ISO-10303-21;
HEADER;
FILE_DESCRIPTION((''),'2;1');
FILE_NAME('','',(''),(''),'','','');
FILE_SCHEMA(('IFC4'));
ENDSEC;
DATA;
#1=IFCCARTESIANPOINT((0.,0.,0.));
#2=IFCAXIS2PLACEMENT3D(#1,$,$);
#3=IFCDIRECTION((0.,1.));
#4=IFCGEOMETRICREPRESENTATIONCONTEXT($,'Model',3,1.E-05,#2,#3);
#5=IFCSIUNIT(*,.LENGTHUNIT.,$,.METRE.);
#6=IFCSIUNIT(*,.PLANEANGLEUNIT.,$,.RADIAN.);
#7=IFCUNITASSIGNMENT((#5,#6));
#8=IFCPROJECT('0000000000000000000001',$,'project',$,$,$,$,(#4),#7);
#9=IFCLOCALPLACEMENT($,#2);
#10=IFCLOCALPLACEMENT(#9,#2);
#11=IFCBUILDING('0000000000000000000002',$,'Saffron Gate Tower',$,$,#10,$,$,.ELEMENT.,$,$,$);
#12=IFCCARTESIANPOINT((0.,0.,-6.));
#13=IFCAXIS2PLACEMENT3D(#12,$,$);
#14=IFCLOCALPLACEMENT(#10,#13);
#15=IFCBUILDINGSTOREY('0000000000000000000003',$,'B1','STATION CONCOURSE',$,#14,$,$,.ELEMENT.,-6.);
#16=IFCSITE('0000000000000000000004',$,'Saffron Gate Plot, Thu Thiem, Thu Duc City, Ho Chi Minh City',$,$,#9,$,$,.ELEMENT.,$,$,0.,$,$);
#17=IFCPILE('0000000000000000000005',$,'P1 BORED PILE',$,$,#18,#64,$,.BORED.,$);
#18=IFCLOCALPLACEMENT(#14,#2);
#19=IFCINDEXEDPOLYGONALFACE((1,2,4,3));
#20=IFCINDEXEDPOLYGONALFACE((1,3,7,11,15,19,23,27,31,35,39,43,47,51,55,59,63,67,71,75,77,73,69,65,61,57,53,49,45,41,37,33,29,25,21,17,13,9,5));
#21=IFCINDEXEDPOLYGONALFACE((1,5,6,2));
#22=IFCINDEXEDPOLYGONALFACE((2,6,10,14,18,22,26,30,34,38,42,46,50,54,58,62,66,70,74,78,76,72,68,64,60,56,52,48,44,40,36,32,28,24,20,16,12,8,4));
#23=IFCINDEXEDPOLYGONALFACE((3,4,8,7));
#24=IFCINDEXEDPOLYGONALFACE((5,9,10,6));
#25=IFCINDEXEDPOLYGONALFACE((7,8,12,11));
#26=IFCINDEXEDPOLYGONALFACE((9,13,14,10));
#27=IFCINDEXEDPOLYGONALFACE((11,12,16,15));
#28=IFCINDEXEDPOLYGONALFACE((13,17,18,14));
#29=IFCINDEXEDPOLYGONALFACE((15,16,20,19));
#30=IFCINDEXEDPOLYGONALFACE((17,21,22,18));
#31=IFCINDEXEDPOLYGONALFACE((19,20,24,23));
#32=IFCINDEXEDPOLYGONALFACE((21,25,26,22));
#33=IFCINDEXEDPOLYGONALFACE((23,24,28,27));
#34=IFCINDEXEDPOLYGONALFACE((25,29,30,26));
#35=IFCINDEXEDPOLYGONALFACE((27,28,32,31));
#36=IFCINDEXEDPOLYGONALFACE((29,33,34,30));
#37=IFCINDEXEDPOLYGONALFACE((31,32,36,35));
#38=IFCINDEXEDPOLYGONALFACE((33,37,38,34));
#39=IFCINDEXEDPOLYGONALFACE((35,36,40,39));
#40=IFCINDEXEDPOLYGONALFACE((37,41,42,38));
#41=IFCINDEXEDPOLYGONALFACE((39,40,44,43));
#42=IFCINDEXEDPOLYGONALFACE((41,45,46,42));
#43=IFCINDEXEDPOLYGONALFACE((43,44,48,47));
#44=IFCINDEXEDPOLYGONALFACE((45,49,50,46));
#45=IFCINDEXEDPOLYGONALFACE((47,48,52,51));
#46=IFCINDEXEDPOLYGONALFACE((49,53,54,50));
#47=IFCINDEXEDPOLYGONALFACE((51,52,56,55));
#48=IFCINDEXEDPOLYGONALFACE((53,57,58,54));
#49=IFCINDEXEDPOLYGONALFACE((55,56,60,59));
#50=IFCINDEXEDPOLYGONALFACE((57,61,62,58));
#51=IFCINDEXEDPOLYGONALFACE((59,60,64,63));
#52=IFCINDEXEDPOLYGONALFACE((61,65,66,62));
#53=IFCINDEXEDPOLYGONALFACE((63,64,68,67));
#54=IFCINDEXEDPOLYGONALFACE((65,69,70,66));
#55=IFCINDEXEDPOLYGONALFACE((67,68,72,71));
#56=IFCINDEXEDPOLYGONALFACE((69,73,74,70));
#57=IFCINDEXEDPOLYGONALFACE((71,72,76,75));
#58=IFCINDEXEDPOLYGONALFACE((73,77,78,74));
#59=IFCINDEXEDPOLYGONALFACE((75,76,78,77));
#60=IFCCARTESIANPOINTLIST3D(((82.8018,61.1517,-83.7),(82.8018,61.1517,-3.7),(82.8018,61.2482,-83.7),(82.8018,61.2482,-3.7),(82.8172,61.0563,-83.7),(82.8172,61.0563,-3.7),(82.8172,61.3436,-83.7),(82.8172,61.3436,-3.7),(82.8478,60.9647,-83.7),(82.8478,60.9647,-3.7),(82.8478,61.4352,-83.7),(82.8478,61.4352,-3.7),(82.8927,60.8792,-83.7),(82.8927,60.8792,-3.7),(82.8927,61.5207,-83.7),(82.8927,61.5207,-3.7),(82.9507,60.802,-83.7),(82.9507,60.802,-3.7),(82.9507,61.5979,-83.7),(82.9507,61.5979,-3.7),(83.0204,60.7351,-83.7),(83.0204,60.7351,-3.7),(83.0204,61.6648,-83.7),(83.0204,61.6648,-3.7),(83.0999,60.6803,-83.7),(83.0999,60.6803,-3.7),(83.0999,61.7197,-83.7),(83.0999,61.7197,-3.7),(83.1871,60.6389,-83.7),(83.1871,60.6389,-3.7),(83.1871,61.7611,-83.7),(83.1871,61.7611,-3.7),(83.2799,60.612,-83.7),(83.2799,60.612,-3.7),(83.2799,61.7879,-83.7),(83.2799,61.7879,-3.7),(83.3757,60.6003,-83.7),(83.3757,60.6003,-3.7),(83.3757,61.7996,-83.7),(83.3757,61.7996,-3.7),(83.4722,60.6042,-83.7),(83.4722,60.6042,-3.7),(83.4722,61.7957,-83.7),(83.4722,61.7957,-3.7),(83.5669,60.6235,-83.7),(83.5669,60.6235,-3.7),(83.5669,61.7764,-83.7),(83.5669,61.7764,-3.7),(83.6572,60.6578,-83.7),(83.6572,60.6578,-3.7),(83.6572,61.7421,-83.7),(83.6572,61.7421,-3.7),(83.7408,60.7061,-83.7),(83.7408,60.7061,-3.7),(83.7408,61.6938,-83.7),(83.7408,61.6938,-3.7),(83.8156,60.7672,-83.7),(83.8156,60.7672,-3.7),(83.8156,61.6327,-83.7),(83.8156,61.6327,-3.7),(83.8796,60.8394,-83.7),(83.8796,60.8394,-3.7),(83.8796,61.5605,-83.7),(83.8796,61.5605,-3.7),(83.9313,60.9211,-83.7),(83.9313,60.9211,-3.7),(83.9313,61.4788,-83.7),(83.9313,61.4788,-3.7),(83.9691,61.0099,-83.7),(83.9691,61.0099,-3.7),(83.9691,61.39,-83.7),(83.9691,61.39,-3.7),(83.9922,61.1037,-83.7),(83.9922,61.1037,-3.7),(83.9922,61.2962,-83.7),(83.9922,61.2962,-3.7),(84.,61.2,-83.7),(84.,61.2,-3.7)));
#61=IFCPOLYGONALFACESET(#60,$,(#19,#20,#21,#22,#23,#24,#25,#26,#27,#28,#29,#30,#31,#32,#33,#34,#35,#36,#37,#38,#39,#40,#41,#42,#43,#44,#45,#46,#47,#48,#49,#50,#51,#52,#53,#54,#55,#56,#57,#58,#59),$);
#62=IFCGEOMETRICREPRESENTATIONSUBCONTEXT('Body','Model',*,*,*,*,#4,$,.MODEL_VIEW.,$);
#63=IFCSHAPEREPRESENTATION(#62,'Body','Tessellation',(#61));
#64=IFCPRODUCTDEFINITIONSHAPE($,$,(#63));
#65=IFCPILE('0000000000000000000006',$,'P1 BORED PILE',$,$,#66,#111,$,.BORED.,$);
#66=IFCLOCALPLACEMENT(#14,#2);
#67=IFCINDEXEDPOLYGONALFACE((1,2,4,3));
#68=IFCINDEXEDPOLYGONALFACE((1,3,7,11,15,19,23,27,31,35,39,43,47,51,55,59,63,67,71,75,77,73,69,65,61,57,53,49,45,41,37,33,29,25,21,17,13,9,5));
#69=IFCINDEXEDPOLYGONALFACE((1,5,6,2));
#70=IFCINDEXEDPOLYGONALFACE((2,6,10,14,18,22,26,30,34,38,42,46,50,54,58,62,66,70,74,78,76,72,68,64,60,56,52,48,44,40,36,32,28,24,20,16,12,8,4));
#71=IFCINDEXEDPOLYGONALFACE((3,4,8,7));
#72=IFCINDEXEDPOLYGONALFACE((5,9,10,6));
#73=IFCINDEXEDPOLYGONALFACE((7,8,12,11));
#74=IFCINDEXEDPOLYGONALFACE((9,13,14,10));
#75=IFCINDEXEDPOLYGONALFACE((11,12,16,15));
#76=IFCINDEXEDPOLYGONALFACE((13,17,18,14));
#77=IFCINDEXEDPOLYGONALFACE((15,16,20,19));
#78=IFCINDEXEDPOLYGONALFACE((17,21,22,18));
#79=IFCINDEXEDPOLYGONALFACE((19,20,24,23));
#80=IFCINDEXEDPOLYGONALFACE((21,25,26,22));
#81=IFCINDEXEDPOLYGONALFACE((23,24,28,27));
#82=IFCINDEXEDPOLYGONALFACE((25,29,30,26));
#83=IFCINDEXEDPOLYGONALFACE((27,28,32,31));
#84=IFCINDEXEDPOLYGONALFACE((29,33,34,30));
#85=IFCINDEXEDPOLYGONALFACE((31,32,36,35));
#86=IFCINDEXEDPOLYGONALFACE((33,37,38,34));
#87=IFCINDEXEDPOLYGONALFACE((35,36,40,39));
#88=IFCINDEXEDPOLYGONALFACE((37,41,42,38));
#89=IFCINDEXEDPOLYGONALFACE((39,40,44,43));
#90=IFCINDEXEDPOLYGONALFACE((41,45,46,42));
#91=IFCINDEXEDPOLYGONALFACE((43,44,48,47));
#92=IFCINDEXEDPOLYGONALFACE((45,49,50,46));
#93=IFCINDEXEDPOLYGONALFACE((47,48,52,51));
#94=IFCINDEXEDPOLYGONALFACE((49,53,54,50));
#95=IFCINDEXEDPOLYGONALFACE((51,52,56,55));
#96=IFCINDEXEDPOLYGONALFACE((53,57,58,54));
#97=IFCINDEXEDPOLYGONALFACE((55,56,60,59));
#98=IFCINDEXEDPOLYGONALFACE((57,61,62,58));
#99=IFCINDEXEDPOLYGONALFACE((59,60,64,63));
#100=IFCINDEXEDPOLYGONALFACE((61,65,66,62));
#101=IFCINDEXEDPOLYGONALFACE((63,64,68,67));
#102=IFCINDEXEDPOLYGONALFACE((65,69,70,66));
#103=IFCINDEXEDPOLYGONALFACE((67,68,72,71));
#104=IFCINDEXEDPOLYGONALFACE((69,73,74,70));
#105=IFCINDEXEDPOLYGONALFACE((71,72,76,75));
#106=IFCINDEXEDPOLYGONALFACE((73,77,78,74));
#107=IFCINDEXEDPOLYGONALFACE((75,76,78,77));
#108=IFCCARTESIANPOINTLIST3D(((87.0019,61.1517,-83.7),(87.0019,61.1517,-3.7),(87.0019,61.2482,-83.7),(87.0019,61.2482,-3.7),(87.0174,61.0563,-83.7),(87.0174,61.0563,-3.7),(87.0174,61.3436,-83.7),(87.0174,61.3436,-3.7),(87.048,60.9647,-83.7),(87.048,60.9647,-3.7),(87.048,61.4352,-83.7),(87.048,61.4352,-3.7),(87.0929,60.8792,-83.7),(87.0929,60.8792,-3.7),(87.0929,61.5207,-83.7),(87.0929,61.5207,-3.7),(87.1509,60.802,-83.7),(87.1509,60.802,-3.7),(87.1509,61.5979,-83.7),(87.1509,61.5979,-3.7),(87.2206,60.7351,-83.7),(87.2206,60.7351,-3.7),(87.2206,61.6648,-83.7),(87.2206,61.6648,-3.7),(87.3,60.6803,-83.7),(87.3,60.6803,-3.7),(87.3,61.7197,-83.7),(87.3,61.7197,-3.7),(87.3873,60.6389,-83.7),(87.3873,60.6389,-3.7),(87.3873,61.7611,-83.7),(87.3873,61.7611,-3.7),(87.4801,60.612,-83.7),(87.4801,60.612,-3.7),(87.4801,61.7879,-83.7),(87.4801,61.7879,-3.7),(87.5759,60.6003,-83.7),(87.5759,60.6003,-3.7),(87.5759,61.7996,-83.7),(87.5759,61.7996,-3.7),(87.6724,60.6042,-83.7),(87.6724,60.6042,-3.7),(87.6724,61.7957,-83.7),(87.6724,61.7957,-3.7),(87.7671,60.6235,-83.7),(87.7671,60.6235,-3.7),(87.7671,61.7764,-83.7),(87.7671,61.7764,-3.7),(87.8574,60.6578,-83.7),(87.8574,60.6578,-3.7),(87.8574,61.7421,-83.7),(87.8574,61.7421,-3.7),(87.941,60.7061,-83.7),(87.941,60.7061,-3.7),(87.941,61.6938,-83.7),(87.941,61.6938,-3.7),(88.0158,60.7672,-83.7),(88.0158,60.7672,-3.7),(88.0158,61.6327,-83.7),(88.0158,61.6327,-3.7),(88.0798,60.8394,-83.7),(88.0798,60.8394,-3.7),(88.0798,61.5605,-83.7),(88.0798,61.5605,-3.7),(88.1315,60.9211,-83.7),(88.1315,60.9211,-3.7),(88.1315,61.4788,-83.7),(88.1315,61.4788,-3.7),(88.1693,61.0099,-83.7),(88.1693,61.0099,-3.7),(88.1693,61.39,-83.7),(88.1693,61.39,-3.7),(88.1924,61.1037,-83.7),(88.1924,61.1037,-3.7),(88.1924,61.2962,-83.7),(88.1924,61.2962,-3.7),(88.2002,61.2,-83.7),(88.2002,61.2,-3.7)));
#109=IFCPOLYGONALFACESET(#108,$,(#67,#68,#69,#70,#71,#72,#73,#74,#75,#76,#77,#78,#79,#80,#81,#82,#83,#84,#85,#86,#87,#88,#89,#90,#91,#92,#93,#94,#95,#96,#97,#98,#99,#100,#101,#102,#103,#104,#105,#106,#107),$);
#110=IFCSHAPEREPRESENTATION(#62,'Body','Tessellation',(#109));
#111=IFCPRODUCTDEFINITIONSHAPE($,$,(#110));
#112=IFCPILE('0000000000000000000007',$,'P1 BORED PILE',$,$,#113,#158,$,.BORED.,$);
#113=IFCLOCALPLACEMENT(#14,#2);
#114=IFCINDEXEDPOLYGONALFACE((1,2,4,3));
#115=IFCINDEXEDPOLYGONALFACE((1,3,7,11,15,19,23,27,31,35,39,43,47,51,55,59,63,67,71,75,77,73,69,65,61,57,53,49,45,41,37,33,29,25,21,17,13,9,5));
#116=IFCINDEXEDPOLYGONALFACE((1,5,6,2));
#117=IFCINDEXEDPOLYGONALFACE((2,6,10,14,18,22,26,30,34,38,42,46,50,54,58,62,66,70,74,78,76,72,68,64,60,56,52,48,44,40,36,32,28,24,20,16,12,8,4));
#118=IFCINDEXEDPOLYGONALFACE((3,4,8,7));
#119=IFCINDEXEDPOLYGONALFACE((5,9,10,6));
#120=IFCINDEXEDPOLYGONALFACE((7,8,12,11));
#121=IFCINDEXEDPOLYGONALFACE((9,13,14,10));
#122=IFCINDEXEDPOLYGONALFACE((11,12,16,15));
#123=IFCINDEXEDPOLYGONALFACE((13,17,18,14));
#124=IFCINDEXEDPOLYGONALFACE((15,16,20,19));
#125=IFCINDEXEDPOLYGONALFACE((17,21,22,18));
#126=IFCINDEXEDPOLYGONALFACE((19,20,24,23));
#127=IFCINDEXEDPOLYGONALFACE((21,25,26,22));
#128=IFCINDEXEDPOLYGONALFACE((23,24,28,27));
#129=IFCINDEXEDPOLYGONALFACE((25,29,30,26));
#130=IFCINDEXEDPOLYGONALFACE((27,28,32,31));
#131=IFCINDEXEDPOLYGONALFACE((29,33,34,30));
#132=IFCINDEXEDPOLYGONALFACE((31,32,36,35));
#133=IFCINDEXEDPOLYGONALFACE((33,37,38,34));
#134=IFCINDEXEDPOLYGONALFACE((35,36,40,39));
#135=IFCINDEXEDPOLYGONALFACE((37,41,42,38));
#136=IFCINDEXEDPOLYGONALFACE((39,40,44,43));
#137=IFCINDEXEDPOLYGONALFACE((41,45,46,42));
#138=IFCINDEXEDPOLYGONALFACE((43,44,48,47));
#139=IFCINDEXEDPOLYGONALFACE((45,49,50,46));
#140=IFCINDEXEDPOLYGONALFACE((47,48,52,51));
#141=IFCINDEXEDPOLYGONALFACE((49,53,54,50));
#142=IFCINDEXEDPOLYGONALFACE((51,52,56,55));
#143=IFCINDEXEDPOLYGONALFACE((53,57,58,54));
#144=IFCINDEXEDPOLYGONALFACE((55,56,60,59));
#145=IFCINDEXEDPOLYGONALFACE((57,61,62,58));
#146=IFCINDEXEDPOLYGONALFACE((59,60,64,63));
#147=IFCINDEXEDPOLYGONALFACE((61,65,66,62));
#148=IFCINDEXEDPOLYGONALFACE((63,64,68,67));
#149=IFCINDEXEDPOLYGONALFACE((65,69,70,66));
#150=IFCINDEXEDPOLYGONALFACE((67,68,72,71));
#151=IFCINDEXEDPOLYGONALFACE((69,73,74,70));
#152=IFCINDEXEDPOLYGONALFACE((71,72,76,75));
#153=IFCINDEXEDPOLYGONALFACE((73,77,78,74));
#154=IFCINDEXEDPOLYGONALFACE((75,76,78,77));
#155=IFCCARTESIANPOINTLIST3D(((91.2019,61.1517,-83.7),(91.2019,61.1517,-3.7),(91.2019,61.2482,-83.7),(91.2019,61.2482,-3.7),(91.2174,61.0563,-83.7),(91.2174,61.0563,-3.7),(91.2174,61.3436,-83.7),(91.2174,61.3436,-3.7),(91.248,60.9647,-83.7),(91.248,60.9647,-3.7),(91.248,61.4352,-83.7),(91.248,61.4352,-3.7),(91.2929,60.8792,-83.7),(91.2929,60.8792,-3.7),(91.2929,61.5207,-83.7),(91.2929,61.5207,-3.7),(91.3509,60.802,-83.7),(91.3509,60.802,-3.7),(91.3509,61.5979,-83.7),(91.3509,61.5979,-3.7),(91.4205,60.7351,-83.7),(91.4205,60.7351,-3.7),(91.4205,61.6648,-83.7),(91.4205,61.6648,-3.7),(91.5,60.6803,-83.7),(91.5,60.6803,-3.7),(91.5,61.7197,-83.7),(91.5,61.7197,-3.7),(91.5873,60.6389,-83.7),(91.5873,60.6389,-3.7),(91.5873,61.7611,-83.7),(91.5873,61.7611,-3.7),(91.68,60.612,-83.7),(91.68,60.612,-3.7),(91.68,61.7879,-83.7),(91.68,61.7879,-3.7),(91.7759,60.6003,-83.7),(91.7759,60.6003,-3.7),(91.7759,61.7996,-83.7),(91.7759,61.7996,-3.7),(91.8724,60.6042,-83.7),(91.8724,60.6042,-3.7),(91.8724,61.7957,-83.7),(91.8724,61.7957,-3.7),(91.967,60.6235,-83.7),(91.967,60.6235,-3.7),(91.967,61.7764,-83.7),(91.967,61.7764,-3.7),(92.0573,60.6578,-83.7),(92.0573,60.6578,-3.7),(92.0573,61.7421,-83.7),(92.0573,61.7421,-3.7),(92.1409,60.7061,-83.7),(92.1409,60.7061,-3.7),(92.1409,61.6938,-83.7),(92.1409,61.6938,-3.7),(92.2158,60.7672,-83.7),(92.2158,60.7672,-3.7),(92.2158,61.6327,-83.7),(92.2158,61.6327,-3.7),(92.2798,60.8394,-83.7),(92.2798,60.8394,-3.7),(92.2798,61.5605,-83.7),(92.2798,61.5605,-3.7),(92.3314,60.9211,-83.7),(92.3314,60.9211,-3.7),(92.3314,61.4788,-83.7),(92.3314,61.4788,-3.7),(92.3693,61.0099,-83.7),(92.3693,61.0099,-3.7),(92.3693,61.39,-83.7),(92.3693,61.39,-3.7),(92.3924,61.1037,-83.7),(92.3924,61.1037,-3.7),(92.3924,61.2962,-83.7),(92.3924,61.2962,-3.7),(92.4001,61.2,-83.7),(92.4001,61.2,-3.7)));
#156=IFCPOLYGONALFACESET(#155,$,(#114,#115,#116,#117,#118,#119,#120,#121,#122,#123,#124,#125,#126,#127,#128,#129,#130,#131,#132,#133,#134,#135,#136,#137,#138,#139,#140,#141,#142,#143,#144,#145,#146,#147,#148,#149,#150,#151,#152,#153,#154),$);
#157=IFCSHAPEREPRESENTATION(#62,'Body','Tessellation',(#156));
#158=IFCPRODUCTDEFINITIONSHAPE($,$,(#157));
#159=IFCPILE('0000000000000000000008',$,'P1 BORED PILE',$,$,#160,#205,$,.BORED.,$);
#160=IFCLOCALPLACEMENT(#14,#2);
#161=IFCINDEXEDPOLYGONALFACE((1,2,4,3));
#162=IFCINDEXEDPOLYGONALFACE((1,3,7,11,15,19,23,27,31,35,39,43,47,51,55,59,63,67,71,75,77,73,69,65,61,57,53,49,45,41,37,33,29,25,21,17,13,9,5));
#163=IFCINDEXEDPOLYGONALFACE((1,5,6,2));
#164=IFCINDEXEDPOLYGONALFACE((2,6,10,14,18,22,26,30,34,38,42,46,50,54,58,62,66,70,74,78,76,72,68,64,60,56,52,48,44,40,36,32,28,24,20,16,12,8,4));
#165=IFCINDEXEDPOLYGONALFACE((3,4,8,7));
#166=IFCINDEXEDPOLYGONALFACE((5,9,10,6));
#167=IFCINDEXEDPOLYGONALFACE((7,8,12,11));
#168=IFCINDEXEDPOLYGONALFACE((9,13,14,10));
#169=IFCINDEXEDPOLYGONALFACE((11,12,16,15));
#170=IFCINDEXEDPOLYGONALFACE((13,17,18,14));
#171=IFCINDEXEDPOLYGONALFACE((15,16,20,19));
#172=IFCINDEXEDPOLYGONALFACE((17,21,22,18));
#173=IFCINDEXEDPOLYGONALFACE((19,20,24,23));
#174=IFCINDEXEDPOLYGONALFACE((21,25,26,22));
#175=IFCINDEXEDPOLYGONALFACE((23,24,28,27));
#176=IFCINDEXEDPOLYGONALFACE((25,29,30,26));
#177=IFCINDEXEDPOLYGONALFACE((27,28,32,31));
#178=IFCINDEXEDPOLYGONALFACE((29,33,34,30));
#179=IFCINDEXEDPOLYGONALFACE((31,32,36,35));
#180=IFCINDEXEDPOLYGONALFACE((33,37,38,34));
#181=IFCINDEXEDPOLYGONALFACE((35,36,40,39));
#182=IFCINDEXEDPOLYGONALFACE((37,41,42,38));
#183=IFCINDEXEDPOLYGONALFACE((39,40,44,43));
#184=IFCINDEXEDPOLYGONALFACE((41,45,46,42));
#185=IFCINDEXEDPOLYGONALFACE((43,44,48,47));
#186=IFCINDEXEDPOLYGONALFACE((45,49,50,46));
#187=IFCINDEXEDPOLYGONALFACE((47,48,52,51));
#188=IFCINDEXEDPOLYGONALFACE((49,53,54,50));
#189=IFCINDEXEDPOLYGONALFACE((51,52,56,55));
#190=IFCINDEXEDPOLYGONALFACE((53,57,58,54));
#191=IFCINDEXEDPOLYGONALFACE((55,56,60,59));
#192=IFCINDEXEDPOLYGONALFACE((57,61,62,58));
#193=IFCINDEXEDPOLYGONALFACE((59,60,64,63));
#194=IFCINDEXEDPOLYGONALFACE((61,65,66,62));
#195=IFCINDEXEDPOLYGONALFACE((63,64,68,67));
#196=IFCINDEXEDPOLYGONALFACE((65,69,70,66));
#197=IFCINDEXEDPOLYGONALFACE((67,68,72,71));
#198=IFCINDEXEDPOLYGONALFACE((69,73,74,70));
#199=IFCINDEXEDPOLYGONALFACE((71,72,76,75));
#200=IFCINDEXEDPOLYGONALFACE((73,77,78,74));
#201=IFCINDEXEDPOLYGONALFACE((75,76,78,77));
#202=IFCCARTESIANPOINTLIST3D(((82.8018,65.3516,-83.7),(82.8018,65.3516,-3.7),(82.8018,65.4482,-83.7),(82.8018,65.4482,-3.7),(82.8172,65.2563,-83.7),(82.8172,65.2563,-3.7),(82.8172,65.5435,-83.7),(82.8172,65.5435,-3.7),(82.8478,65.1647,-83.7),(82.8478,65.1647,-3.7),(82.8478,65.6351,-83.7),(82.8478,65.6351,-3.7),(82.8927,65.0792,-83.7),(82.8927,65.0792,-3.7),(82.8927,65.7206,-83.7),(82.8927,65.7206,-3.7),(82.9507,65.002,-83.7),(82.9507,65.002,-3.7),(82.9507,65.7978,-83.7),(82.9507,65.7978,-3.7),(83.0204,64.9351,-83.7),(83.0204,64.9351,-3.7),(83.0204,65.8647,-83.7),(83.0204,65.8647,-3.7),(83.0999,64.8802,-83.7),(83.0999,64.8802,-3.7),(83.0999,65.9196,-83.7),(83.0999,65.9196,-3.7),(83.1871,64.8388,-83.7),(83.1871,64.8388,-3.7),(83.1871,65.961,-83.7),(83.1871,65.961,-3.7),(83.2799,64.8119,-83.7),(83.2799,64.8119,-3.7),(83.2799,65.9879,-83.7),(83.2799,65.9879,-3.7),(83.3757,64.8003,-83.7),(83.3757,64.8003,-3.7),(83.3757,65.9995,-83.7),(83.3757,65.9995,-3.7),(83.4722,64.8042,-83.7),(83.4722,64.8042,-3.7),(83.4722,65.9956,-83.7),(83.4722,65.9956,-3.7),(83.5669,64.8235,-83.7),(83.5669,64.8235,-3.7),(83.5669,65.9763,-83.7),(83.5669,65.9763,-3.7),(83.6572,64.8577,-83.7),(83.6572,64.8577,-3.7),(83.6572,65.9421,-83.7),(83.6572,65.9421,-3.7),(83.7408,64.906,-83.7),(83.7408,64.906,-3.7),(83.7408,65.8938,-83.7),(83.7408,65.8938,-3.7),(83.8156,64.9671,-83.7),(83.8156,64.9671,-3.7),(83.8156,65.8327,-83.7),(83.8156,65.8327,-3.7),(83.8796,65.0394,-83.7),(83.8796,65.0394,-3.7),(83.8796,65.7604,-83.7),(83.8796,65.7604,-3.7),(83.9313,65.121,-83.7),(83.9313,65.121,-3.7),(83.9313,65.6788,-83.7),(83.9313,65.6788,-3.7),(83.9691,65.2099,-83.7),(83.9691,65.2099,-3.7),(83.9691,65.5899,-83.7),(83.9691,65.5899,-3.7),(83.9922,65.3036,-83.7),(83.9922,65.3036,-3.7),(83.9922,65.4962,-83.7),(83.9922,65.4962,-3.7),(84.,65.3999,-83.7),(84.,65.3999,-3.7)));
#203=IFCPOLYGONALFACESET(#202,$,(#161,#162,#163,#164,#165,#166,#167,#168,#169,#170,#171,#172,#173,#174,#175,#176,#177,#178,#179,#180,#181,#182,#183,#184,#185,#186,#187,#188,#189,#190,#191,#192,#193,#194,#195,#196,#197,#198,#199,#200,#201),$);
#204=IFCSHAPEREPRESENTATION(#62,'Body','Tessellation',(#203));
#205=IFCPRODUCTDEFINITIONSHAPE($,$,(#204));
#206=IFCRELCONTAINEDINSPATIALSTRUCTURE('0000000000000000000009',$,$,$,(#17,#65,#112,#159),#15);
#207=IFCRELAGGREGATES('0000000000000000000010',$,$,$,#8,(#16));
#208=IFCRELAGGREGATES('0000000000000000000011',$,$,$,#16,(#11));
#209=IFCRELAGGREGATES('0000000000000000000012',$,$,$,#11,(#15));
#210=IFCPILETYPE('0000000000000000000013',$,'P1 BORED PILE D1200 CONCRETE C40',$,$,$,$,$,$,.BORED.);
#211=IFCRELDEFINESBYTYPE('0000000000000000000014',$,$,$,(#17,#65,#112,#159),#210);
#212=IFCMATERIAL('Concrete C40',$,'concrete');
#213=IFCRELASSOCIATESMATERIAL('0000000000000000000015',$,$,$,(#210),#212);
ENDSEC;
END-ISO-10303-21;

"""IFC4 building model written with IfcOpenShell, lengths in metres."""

from ifc_helpers import new_model, si_unit, direction, frame, origin, origin_2d, place, context, subcontext, project, spatial, circle, extrude, material, material_profile, profile_set, type_object, element, save


model = new_model("IFC4")

# Units and contexts
model_context = context("Model", 3, precision=1e-05, world=origin(), true_north=direction((0.0, 1.0)))
body_context = subcontext(model_context, "Body", "Model", "MODEL_VIEW")
ifc_project = project(units=[si_unit("LENGTHUNIT", "METRE"), si_unit("PLANEANGLEUNIT", "RADIAN")], contexts=[model_context])

# Site, building, storey
site_placement = place(None, origin())
site = spatial("IfcSite", under=ifc_project, at=site_placement, Name="Saffron Gate Plot, Thu Thiem, Thu Duc City, Ho Chi Minh City", CompositionType="ELEMENT", RefElevation=0.0)
building_placement = place(site_placement, origin())
building = spatial("IfcBuilding", under=site, at=building_placement, Name="Saffron Gate Tower", CompositionType="ELEMENT")
storey_placement = place(building_placement, frame((0.0, 0.0, -6.0)))
storey = spatial("IfcBuildingStorey", under=building, at=storey_placement, Name="B1", Description="STATION CONCOURSE", CompositionType="ELEMENT", Elevation=-6.0)

# Piles
ifc_material_1 = material(Name="Concrete C40", Category="concrete")
ifc_material_profile = material_profile(ifc_material_1, circle(Radius=0.6001, at=origin_2d()))
ifc_profile_set = profile_set([ifc_material_profile], Name="Concrete C40")
pile_type = type_object("IfcPileType", Name="P1 BORED PILE D1200 CONCRETE C40", PredefinedType="BORED", material=ifc_profile_set)
for number, where, z_axis, x_axis, name in (
    (1, (83.3999, 61.2, -3.7), (0.0, 0.0, -1.0), (1.0, 0.0, 0.0), "P1 BORED PILE"),
    (2, (87.6001, 61.2, -3.7), (0.0, 0.0, -1.0), (1.0, 0.0, 0.0), "P1 BORED PILE"),
    (3, (91.8, 61.2, -3.7), (0.0, 0.0, -1.0), (1.0, 0.0, 0.0), "P1 BORED PILE"),
    (4, (83.3999, 65.3999, -3.7), (0.0, 0.0, -1.0), (1.0, 0.0, 0.0), "P1 BORED PILE"),
):
    element("IfcPile", number, at=place(storey_placement, frame(where, z_axis=z_axis, x_axis=x_axis)), inside=storey, type_object=pile_type, Name=name, PredefinedType="BORED", context=body_context, shape_type="SweptSolid", body=[
        extrude(circle(Radius=0.6001, at=origin_2d()), origin(), (0.0, 0.0, 1.0), 80.0),
    ])

save(model, "model.ifc")
